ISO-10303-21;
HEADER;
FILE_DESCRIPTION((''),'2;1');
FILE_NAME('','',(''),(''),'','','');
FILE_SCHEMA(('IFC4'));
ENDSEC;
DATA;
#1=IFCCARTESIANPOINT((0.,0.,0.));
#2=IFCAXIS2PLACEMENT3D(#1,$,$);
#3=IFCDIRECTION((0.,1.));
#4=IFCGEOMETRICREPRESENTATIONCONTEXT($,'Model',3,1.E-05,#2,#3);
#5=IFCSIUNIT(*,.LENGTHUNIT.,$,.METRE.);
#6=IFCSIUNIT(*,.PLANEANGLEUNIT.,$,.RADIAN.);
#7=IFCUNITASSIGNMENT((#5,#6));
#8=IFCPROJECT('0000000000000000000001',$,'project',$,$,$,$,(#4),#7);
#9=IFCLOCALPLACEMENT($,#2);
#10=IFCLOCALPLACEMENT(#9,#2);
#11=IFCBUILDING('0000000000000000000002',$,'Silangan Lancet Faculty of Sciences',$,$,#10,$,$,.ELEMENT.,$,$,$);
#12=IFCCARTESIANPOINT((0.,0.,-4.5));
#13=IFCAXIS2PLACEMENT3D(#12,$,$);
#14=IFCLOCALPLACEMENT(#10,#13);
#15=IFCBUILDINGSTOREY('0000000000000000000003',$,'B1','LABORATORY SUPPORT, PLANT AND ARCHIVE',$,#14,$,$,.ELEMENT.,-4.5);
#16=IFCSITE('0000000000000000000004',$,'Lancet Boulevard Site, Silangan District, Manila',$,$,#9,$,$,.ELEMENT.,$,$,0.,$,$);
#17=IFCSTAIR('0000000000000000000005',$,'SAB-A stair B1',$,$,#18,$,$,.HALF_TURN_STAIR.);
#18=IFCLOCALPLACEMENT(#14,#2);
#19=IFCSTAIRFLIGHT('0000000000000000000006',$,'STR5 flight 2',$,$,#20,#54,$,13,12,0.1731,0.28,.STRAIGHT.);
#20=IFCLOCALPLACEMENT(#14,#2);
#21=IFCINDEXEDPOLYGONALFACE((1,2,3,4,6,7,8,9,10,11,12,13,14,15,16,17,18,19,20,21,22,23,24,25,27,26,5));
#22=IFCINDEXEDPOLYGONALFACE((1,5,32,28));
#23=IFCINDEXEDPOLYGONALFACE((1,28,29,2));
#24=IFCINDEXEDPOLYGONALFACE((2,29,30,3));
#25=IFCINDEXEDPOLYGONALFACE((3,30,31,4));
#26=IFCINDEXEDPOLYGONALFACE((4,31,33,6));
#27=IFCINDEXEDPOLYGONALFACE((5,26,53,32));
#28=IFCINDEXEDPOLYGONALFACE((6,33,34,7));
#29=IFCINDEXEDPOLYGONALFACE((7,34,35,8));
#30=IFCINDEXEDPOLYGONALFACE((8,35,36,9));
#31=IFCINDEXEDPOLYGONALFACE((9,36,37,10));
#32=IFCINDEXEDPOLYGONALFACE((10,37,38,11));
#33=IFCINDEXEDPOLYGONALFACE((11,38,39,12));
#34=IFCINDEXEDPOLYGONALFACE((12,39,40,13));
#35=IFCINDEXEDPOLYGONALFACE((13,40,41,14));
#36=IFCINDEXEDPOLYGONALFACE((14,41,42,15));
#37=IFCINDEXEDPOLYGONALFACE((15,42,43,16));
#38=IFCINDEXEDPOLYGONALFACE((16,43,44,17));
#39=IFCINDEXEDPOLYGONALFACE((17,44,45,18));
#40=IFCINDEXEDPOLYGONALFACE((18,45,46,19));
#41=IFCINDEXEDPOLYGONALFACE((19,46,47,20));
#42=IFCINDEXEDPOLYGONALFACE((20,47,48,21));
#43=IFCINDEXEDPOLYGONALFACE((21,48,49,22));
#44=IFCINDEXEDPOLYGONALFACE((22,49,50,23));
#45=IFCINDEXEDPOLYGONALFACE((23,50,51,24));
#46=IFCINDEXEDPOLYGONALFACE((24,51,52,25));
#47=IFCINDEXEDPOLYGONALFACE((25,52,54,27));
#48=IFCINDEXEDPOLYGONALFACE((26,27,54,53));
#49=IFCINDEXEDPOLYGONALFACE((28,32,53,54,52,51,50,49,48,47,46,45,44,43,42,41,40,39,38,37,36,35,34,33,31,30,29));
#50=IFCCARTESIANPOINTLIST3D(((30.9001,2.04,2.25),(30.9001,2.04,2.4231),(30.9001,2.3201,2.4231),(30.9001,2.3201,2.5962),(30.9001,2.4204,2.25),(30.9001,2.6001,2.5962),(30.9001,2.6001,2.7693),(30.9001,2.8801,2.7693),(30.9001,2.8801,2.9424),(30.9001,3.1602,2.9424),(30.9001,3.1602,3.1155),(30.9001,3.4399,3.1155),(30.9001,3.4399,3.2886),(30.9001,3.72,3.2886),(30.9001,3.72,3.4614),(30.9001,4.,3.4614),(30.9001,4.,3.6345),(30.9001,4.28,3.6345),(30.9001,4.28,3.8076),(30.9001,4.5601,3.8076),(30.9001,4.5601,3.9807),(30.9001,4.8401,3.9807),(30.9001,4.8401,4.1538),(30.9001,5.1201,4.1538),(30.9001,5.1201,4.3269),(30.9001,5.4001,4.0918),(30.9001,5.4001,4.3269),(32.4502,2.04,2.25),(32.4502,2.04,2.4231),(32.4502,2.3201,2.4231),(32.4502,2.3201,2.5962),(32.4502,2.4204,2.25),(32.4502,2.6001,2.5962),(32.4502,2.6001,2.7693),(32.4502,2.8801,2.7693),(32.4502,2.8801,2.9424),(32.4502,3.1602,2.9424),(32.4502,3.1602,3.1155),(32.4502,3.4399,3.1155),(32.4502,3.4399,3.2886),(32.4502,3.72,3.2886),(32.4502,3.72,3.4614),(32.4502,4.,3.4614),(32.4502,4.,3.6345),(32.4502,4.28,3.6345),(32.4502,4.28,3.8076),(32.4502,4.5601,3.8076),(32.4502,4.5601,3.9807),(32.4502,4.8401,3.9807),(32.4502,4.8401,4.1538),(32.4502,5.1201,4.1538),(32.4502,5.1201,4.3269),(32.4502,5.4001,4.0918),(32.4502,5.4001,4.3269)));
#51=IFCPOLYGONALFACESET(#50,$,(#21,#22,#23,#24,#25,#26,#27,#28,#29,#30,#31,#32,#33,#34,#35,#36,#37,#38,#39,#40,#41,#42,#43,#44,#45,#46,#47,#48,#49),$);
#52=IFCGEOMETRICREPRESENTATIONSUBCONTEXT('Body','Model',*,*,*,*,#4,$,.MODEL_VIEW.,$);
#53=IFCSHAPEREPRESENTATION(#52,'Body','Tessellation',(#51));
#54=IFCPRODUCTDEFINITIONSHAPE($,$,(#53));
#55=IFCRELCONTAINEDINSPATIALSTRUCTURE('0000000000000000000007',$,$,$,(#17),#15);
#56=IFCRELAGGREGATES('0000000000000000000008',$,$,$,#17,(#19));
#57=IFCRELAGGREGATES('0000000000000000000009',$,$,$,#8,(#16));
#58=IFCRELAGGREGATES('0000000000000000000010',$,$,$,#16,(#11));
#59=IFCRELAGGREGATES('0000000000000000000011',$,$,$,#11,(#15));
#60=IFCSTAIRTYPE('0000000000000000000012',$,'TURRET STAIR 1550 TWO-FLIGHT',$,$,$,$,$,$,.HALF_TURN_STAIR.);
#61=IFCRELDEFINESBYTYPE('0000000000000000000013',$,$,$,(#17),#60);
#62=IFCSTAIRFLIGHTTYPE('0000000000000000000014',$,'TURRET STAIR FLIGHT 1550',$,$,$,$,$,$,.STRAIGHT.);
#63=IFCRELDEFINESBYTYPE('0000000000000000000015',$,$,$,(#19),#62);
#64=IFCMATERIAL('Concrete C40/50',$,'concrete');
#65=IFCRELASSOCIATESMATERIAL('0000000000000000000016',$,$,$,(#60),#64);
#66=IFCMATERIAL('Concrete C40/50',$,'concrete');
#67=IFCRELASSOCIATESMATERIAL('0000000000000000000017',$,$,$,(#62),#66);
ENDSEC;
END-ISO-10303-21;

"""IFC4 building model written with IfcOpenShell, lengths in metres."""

from ifc_helpers import new_model, si_unit, direction, frame, origin, place, context, subcontext, project, spatial, polyline, outline, extrude, material, type_object, element, aggregate, save


model = new_model("IFC4")

# Units and contexts
model_context = context("Model", 3, precision=1e-05, world=origin(), true_north=direction((0.0, 1.0)))
body_context = subcontext(model_context, "Body", "Model", "MODEL_VIEW")
ifc_project = project(units=[si_unit("LENGTHUNIT", "METRE"), si_unit("PLANEANGLEUNIT", "RADIAN")], contexts=[model_context])

# Site, building, storey
site_placement = place(None, origin())
site = spatial("IfcSite", under=ifc_project, at=site_placement, Name="Lancet Boulevard Site, Silangan District, Manila", CompositionType="ELEMENT", RefElevation=0.0)
building_placement = place(site_placement, origin())
building = spatial("IfcBuilding", under=site, at=building_placement, Name="Silangan Lancet Faculty of Sciences", CompositionType="ELEMENT")
storey_placement = place(building_placement, frame((0.0, 0.0, -4.5)))
storey = spatial("IfcBuildingStorey", under=building, at=storey_placement, Name="B1", Description="LABORATORY SUPPORT, PLANT AND ARCHIVE", CompositionType="ELEMENT", Elevation=-4.5)

# Stair, stair flight
ifc_material_1 = material(Name="Concrete C40/50", Category="concrete")
stair_type = type_object("IfcStairType", Name="TURRET STAIR 1550 TWO-FLIGHT", PredefinedType="HALF_TURN_STAIR", material=ifc_material_1)
stair_placement = place(storey_placement, origin())
stair = element("IfcStair", 1, at=stair_placement, inside=storey, type_object=stair_type, Name="SAB-A stair B1", PredefinedType="HALF_TURN_STAIR")
ifc_material_2 = material(Name="Concrete C40/50", Category="concrete")
stair_flight_type = type_object("IfcStairFlightType", Name="TURRET STAIR FLIGHT 1550", PredefinedType="STRAIGHT", material=ifc_material_2)
stair_flight_1_placement = place(storey_placement, frame((31.675, 2.04, 2.25), z_axis=(0.0, 0.0, 1.0), x_axis=(0.0, 1.0, 0.0)))
stair_flight_1 = element("IfcStairFlight", 2, at=stair_flight_1_placement, type_object=stair_flight_type, Name="STR5 flight 2", NumberOfRisers=13, NumberOfTreads=12, PredefinedType="STRAIGHT", RiserHeight=0.1731, TreadLength=0.28, context=body_context, shape_type="SweptSolid", body=[
    extrude(outline(polyline([(0.0, 0.0), (0.0, 0.1731), (0.28, 0.1731), (0.28, 0.3462), (0.5601, 0.3462), (0.5601, 0.5193), (0.8401, 0.5193), (0.8401, 0.6924), (1.1201, 0.6924), (1.1201, 0.8655), (1.3999, 0.8655), (1.3999, 1.0386), (1.6799, 1.0386), (1.6799, 1.2114), (1.96, 1.2114), (1.96, 1.3845), (2.24, 1.3845), (2.24, 1.5576), (2.52, 1.5576), (2.52, 1.7307), (2.8, 1.7307), (2.8, 1.9038), (3.0801, 1.9038), (3.0801, 2.0769), (3.3601, 2.0769), (3.3601, 2.25), (3.3601, 1.8418), (0.3804, 0.0), (0.0, 0.0)])), frame((0.0, 0.7749, 0.0), z_axis=(0.0, -1.0, 0.0), x_axis=(1.0, 0.0, 0.0)), (0.0, 0.0, 1.0), 1.55),
])
aggregate(stair, [stair_flight_1])

save(model, "model.ifc")
